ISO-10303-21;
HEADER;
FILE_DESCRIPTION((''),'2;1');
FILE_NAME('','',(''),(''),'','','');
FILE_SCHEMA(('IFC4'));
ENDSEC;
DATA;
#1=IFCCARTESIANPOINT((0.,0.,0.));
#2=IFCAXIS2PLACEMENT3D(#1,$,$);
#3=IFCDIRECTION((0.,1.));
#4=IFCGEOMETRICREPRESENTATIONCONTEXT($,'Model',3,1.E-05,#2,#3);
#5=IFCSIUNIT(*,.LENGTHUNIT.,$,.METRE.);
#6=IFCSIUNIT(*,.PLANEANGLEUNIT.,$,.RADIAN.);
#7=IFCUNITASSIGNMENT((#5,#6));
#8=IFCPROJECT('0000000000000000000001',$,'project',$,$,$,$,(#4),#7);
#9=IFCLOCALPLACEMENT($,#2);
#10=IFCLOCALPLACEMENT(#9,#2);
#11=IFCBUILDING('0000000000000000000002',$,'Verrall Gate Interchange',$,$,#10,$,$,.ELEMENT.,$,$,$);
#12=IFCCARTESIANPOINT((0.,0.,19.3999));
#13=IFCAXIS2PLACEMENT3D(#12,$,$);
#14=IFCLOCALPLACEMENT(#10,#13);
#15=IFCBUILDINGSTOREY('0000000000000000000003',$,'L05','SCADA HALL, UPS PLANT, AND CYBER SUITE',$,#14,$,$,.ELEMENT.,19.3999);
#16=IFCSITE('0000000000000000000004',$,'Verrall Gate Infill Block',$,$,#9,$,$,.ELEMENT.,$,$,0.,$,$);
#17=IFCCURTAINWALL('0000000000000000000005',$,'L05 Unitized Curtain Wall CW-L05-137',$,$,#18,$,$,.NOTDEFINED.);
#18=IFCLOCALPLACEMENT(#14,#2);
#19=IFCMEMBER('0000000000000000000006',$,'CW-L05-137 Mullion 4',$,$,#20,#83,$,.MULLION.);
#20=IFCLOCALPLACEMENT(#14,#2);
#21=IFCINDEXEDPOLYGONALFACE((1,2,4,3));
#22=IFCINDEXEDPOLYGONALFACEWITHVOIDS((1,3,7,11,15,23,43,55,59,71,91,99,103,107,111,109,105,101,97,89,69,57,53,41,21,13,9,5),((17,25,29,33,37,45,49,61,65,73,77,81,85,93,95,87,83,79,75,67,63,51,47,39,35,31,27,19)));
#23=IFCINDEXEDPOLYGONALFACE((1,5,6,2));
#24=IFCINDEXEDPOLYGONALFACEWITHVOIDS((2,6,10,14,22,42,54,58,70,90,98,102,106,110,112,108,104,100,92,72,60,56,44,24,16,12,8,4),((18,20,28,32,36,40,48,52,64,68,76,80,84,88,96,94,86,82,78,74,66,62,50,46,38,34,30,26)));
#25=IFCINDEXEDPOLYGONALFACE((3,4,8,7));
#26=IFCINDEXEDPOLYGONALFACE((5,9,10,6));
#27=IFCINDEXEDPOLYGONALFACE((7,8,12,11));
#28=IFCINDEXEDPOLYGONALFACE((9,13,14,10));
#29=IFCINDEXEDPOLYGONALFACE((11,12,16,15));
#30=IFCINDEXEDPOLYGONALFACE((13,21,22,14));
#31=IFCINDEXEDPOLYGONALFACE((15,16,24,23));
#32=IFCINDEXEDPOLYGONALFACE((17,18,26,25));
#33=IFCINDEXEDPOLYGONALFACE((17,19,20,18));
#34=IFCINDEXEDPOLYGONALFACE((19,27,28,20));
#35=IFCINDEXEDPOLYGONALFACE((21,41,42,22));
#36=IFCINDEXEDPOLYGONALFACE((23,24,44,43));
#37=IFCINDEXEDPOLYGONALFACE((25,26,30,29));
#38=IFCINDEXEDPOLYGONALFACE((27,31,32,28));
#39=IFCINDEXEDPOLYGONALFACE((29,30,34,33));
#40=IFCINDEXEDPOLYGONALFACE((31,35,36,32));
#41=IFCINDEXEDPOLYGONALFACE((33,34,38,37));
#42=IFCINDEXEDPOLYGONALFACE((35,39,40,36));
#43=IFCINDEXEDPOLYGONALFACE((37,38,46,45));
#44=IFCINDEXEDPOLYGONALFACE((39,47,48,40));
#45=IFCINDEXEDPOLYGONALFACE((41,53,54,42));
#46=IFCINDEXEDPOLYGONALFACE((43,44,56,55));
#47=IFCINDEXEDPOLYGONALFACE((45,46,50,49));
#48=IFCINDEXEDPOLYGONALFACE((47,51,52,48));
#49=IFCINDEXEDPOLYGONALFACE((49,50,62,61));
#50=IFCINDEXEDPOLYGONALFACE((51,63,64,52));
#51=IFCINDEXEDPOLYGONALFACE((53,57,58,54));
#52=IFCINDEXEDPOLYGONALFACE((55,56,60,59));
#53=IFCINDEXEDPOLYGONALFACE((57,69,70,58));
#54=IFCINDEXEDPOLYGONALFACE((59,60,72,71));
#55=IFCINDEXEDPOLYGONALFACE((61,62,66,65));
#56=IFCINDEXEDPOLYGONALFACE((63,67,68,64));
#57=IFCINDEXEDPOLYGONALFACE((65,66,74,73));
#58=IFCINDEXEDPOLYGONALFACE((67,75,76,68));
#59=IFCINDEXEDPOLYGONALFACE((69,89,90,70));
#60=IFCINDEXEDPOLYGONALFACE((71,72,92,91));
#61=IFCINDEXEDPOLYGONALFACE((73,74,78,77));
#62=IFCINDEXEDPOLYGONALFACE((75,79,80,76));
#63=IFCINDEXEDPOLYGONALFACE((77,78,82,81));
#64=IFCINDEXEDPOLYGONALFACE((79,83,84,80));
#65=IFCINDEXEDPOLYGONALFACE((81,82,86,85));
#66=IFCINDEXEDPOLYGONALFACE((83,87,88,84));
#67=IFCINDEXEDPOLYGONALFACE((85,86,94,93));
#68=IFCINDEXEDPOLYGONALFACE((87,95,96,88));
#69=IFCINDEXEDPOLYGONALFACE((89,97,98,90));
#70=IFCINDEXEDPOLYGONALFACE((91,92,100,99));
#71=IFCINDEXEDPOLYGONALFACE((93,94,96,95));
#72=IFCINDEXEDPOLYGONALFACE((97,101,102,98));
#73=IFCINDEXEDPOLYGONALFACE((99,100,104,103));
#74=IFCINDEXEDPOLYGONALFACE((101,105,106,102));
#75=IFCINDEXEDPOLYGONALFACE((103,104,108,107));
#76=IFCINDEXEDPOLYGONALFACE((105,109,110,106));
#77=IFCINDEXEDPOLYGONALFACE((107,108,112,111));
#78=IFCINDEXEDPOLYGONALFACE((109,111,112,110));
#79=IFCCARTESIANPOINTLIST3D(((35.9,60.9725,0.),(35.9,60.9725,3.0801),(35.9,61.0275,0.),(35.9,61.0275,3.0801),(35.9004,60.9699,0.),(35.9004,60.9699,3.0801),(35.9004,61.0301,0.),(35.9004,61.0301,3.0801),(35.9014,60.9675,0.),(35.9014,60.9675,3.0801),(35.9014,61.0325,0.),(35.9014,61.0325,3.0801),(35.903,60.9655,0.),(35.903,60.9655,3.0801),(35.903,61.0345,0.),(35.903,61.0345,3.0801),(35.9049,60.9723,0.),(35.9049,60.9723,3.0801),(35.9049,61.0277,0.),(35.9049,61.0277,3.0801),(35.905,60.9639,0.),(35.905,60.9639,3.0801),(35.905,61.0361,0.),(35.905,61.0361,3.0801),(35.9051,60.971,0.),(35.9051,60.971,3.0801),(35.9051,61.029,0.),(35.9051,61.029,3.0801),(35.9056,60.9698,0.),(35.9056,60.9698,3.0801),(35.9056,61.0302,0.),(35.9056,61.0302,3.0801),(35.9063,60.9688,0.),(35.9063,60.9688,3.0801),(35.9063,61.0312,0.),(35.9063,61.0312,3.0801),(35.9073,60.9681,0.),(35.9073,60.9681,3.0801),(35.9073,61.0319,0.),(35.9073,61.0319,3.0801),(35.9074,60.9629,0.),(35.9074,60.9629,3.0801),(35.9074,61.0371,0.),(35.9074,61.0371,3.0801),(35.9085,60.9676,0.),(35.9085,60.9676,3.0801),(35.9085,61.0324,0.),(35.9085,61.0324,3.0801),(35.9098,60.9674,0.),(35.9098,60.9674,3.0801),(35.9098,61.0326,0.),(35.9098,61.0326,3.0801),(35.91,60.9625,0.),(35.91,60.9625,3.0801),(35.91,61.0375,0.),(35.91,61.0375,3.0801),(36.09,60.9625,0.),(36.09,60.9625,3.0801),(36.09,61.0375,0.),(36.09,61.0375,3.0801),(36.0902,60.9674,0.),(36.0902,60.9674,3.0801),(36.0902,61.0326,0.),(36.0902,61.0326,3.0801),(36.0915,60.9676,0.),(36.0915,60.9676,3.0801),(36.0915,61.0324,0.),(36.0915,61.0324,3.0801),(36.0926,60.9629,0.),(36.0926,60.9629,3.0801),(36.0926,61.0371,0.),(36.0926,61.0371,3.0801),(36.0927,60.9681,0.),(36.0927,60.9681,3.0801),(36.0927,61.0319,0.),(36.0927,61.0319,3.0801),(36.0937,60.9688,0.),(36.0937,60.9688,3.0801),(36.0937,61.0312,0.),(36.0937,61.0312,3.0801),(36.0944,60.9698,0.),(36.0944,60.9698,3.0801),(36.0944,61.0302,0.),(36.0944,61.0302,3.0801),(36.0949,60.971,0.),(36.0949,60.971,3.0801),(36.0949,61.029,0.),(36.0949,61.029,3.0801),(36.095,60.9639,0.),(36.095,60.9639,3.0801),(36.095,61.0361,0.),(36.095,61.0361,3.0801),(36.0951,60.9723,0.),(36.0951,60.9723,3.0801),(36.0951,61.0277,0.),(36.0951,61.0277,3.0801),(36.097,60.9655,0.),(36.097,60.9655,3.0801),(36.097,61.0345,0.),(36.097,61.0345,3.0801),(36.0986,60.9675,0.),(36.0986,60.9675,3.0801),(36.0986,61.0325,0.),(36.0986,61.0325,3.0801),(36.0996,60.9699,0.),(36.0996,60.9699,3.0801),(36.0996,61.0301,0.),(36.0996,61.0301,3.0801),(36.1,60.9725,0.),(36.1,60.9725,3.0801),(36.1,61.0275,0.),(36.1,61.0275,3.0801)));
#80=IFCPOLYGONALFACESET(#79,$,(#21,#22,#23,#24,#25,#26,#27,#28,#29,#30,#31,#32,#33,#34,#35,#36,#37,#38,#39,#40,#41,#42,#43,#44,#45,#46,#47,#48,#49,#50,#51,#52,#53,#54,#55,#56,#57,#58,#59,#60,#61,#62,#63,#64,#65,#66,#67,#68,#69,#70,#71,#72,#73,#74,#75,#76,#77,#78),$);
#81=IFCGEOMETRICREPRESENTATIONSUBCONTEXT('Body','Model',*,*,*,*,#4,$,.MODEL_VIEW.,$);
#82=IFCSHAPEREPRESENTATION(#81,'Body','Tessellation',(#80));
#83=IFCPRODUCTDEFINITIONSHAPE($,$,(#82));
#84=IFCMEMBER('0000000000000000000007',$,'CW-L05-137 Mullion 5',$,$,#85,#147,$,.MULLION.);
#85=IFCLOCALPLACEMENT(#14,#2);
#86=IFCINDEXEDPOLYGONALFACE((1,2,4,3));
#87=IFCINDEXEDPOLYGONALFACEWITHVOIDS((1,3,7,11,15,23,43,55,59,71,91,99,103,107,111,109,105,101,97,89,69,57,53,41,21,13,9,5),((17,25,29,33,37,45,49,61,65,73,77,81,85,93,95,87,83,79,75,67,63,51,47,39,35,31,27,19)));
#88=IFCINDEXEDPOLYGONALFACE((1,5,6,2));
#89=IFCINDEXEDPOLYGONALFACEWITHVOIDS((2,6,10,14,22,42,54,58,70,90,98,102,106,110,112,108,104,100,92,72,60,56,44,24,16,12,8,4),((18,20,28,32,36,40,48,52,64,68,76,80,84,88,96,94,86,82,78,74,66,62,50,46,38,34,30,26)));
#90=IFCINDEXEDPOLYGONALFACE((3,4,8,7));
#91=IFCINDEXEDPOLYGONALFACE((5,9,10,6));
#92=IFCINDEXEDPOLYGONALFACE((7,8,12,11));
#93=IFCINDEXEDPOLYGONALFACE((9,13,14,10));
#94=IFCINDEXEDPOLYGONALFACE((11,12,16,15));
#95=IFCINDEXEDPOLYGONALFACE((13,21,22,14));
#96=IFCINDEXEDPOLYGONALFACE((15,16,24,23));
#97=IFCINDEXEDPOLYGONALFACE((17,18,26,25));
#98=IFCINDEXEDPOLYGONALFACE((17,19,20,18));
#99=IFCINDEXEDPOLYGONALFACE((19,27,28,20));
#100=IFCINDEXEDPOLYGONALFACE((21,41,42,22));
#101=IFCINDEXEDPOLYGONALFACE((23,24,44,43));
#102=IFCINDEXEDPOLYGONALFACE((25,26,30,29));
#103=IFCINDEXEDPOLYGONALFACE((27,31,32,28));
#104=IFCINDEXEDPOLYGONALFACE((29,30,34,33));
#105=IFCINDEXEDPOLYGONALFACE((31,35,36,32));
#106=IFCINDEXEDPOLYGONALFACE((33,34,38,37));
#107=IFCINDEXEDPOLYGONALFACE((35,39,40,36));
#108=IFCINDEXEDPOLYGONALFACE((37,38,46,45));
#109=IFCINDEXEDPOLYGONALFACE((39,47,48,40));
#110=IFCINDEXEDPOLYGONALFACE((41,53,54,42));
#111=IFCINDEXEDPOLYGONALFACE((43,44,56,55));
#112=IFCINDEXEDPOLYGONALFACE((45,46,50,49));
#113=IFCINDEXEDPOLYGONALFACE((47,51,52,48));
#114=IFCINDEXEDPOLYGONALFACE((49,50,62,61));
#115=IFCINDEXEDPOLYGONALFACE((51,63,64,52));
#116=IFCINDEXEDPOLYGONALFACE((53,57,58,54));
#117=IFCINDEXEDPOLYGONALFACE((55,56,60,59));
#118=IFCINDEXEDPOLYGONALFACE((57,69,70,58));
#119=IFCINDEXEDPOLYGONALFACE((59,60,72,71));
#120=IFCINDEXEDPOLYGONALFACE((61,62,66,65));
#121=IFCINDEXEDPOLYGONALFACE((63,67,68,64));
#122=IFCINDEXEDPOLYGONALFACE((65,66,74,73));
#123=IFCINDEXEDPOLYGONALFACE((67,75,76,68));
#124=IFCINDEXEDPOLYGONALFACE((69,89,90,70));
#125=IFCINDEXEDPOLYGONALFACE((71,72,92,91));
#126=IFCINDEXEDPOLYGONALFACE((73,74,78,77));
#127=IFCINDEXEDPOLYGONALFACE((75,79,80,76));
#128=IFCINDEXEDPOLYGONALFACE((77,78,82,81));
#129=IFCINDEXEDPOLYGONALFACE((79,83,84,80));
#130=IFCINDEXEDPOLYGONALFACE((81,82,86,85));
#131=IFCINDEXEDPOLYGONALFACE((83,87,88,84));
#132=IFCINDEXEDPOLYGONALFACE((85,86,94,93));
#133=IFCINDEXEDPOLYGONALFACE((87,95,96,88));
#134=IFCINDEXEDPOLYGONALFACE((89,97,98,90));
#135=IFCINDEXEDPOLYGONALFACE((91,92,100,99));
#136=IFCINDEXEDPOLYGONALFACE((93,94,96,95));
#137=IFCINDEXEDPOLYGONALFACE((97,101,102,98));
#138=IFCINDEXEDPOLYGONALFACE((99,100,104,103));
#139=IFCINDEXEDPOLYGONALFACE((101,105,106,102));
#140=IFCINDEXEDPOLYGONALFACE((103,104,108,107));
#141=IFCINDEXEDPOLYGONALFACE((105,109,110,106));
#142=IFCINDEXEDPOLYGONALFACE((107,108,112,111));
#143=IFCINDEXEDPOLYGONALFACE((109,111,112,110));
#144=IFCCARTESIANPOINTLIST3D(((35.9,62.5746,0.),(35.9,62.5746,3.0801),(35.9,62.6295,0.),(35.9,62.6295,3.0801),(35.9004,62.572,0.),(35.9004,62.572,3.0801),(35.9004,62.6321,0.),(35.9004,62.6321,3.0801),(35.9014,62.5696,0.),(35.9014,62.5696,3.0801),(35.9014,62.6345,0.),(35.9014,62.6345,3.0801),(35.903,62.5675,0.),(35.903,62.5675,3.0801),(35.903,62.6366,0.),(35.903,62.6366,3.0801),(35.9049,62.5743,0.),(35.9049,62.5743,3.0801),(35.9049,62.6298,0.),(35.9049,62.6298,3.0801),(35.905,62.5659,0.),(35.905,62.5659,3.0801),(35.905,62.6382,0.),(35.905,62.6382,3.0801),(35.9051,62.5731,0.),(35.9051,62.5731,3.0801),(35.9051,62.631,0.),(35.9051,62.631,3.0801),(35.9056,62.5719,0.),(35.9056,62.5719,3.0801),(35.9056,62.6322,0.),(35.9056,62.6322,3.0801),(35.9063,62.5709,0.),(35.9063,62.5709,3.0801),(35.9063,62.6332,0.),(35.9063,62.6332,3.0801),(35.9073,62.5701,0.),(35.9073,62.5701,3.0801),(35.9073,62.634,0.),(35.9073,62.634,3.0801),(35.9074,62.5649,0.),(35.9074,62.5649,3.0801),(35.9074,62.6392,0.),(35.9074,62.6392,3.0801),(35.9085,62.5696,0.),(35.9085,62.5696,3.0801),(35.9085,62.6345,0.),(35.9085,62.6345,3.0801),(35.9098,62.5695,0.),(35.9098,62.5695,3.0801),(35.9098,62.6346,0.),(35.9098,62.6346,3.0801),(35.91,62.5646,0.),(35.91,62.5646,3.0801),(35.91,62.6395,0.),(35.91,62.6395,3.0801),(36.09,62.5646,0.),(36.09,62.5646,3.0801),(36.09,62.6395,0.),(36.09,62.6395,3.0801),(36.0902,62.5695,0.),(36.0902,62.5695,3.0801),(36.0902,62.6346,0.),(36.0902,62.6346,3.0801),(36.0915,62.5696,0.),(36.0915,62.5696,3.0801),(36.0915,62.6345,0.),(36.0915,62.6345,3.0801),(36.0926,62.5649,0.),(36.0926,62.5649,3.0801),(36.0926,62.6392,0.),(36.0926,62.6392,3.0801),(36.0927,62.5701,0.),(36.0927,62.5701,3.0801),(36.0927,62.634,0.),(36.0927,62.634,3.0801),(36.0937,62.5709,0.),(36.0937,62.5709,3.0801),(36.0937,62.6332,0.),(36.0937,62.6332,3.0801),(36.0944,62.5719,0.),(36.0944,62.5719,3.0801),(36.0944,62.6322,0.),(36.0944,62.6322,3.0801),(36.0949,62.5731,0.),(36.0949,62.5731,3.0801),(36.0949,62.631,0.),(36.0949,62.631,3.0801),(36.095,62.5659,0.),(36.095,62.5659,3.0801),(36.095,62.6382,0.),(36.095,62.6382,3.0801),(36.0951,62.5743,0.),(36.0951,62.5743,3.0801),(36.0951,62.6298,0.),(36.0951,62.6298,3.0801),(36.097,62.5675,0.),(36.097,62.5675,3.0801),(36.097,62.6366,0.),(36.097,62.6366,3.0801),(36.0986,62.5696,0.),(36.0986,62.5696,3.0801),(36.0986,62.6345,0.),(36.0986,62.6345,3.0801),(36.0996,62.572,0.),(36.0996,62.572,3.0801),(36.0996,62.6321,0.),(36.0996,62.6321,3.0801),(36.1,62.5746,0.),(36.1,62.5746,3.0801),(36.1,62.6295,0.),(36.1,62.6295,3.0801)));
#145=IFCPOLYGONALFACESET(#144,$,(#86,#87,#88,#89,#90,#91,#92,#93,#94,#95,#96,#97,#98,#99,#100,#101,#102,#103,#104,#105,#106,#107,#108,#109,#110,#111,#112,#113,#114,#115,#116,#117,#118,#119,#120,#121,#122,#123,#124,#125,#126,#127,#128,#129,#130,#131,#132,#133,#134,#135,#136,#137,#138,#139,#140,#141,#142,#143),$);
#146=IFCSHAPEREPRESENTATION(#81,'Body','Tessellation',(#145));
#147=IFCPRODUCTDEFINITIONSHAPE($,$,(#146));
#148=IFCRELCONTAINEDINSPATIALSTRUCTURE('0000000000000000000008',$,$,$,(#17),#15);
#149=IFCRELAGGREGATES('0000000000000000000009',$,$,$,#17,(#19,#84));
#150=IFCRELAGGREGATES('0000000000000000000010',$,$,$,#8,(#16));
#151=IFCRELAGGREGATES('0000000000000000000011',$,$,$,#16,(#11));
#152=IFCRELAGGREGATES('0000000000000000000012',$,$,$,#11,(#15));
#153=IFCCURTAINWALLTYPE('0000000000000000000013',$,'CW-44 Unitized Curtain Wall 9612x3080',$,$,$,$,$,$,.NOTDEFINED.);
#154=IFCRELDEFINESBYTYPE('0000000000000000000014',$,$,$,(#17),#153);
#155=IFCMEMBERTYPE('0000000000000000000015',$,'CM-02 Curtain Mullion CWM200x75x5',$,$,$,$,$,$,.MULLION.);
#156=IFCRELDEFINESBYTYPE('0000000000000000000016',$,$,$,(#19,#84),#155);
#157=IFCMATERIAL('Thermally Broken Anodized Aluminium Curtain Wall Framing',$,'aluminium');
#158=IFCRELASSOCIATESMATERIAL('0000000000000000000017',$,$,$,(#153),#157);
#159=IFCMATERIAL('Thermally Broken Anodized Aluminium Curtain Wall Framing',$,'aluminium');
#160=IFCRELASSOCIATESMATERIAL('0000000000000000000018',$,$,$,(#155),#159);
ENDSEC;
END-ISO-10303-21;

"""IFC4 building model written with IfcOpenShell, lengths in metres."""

from ifc_helpers import new_model, si_unit, direction, frame, origin, origin_2d, place, context, subcontext, project, spatial, hollow_rectangle, extrude, material, material_profile, profile_set, type_object, element, aggregate, save


model = new_model("IFC4")

# Units and contexts
model_context = context("Model", 3, precision=1e-05, world=origin(), true_north=direction((0.0, 1.0)))
body_context = subcontext(model_context, "Body", "Model", "MODEL_VIEW")
ifc_project = project(units=[si_unit("LENGTHUNIT", "METRE"), si_unit("PLANEANGLEUNIT", "RADIAN")], contexts=[model_context])

# Site, building, storey
site_placement = place(None, origin())
site = spatial("IfcSite", under=ifc_project, at=site_placement, Name="Verrall Gate Infill Block", CompositionType="ELEMENT", RefElevation=0.0)
building_placement = place(site_placement, origin())
building = spatial("IfcBuilding", under=site, at=building_placement, Name="Verrall Gate Interchange", CompositionType="ELEMENT")
storey_placement = place(building_placement, frame((0.0, 0.0, 19.3999)))
storey = spatial("IfcBuildingStorey", under=building, at=storey_placement, Name="L05", Description="SCADA HALL, UPS PLANT, AND CYBER SUITE", CompositionType="ELEMENT", Elevation=19.3999)

# Curtain wall, members
ifc_material_1 = material(Name="Thermally Broken Anodized Aluminium Curtain Wall Framing", Category="aluminium")
curtain_wall_type = type_object("IfcCurtainWallType", Name="CW-44 Unitized Curtain Wall 9612x3080", PredefinedType="NOTDEFINED", material=ifc_material_1)
curtain_wall_placement = place(storey_placement, origin())
curtain_wall = element("IfcCurtainWall", 1, at=curtain_wall_placement, inside=storey, type_object=curtain_wall_type, Name="L05 Unitized Curtain Wall CW-L05-137", PredefinedType="NOTDEFINED")
ifc_material_2 = material(Name="Thermally Broken Anodized Aluminium Curtain Wall Framing", Category="aluminium")
ifc_material_profile_1 = material_profile(ifc_material_2, hollow_rectangle(XDim=0.075, YDim=0.2, WallThickness=0.0049, InnerFilletRadius=0.0049, OuterFilletRadius=0.01, at=origin_2d()), Name="CWM200x75x5")
ifc_profile_set_1 = profile_set([ifc_material_profile_1], Name="Thermally Broken Anodized Aluminium Curtain Wall Framing")
member_type = type_object("IfcMemberType", Name="CM-02 Curtain Mullion CWM200x75x5", PredefinedType="MULLION", material=ifc_profile_set_1)
member_1_placement = place(storey_placement, frame((36.0, 61.0, 0.0), z_axis=(0.0, 0.0, 1.0), x_axis=(0.0, 1.0, 0.0)))
member_1 = element("IfcMember", 2, at=member_1_placement, type_object=member_type, Name="CW-L05-137 Mullion 4", PredefinedType="MULLION", context=body_context, shape_type="SweptSolid", body=[
    extrude(hollow_rectangle(XDim=0.075, YDim=0.2, WallThickness=0.0049, InnerFilletRadius=0.0049, OuterFilletRadius=0.01, at=origin_2d()), origin(), (0.0, 0.0, 1.0), 3.0801),
])
member_2_placement = place(storey_placement, frame((36.0, 62.6021, 0.0), z_axis=(0.0, 0.0, 1.0), x_axis=(0.0, 1.0, 0.0)))
member_2 = element("IfcMember", 3, at=member_2_placement, type_object=member_type, Name="CW-L05-137 Mullion 5", PredefinedType="MULLION", context=body_context, shape_type="SweptSolid", body=[
    extrude(hollow_rectangle(XDim=0.075, YDim=0.2, WallThickness=0.0049, InnerFilletRadius=0.0049, OuterFilletRadius=0.01, at=origin_2d()), origin(), (0.0, 0.0, 1.0), 3.0801),
])

aggregate(curtain_wall, [member_1, member_2])

save(model, "model.ifc")
